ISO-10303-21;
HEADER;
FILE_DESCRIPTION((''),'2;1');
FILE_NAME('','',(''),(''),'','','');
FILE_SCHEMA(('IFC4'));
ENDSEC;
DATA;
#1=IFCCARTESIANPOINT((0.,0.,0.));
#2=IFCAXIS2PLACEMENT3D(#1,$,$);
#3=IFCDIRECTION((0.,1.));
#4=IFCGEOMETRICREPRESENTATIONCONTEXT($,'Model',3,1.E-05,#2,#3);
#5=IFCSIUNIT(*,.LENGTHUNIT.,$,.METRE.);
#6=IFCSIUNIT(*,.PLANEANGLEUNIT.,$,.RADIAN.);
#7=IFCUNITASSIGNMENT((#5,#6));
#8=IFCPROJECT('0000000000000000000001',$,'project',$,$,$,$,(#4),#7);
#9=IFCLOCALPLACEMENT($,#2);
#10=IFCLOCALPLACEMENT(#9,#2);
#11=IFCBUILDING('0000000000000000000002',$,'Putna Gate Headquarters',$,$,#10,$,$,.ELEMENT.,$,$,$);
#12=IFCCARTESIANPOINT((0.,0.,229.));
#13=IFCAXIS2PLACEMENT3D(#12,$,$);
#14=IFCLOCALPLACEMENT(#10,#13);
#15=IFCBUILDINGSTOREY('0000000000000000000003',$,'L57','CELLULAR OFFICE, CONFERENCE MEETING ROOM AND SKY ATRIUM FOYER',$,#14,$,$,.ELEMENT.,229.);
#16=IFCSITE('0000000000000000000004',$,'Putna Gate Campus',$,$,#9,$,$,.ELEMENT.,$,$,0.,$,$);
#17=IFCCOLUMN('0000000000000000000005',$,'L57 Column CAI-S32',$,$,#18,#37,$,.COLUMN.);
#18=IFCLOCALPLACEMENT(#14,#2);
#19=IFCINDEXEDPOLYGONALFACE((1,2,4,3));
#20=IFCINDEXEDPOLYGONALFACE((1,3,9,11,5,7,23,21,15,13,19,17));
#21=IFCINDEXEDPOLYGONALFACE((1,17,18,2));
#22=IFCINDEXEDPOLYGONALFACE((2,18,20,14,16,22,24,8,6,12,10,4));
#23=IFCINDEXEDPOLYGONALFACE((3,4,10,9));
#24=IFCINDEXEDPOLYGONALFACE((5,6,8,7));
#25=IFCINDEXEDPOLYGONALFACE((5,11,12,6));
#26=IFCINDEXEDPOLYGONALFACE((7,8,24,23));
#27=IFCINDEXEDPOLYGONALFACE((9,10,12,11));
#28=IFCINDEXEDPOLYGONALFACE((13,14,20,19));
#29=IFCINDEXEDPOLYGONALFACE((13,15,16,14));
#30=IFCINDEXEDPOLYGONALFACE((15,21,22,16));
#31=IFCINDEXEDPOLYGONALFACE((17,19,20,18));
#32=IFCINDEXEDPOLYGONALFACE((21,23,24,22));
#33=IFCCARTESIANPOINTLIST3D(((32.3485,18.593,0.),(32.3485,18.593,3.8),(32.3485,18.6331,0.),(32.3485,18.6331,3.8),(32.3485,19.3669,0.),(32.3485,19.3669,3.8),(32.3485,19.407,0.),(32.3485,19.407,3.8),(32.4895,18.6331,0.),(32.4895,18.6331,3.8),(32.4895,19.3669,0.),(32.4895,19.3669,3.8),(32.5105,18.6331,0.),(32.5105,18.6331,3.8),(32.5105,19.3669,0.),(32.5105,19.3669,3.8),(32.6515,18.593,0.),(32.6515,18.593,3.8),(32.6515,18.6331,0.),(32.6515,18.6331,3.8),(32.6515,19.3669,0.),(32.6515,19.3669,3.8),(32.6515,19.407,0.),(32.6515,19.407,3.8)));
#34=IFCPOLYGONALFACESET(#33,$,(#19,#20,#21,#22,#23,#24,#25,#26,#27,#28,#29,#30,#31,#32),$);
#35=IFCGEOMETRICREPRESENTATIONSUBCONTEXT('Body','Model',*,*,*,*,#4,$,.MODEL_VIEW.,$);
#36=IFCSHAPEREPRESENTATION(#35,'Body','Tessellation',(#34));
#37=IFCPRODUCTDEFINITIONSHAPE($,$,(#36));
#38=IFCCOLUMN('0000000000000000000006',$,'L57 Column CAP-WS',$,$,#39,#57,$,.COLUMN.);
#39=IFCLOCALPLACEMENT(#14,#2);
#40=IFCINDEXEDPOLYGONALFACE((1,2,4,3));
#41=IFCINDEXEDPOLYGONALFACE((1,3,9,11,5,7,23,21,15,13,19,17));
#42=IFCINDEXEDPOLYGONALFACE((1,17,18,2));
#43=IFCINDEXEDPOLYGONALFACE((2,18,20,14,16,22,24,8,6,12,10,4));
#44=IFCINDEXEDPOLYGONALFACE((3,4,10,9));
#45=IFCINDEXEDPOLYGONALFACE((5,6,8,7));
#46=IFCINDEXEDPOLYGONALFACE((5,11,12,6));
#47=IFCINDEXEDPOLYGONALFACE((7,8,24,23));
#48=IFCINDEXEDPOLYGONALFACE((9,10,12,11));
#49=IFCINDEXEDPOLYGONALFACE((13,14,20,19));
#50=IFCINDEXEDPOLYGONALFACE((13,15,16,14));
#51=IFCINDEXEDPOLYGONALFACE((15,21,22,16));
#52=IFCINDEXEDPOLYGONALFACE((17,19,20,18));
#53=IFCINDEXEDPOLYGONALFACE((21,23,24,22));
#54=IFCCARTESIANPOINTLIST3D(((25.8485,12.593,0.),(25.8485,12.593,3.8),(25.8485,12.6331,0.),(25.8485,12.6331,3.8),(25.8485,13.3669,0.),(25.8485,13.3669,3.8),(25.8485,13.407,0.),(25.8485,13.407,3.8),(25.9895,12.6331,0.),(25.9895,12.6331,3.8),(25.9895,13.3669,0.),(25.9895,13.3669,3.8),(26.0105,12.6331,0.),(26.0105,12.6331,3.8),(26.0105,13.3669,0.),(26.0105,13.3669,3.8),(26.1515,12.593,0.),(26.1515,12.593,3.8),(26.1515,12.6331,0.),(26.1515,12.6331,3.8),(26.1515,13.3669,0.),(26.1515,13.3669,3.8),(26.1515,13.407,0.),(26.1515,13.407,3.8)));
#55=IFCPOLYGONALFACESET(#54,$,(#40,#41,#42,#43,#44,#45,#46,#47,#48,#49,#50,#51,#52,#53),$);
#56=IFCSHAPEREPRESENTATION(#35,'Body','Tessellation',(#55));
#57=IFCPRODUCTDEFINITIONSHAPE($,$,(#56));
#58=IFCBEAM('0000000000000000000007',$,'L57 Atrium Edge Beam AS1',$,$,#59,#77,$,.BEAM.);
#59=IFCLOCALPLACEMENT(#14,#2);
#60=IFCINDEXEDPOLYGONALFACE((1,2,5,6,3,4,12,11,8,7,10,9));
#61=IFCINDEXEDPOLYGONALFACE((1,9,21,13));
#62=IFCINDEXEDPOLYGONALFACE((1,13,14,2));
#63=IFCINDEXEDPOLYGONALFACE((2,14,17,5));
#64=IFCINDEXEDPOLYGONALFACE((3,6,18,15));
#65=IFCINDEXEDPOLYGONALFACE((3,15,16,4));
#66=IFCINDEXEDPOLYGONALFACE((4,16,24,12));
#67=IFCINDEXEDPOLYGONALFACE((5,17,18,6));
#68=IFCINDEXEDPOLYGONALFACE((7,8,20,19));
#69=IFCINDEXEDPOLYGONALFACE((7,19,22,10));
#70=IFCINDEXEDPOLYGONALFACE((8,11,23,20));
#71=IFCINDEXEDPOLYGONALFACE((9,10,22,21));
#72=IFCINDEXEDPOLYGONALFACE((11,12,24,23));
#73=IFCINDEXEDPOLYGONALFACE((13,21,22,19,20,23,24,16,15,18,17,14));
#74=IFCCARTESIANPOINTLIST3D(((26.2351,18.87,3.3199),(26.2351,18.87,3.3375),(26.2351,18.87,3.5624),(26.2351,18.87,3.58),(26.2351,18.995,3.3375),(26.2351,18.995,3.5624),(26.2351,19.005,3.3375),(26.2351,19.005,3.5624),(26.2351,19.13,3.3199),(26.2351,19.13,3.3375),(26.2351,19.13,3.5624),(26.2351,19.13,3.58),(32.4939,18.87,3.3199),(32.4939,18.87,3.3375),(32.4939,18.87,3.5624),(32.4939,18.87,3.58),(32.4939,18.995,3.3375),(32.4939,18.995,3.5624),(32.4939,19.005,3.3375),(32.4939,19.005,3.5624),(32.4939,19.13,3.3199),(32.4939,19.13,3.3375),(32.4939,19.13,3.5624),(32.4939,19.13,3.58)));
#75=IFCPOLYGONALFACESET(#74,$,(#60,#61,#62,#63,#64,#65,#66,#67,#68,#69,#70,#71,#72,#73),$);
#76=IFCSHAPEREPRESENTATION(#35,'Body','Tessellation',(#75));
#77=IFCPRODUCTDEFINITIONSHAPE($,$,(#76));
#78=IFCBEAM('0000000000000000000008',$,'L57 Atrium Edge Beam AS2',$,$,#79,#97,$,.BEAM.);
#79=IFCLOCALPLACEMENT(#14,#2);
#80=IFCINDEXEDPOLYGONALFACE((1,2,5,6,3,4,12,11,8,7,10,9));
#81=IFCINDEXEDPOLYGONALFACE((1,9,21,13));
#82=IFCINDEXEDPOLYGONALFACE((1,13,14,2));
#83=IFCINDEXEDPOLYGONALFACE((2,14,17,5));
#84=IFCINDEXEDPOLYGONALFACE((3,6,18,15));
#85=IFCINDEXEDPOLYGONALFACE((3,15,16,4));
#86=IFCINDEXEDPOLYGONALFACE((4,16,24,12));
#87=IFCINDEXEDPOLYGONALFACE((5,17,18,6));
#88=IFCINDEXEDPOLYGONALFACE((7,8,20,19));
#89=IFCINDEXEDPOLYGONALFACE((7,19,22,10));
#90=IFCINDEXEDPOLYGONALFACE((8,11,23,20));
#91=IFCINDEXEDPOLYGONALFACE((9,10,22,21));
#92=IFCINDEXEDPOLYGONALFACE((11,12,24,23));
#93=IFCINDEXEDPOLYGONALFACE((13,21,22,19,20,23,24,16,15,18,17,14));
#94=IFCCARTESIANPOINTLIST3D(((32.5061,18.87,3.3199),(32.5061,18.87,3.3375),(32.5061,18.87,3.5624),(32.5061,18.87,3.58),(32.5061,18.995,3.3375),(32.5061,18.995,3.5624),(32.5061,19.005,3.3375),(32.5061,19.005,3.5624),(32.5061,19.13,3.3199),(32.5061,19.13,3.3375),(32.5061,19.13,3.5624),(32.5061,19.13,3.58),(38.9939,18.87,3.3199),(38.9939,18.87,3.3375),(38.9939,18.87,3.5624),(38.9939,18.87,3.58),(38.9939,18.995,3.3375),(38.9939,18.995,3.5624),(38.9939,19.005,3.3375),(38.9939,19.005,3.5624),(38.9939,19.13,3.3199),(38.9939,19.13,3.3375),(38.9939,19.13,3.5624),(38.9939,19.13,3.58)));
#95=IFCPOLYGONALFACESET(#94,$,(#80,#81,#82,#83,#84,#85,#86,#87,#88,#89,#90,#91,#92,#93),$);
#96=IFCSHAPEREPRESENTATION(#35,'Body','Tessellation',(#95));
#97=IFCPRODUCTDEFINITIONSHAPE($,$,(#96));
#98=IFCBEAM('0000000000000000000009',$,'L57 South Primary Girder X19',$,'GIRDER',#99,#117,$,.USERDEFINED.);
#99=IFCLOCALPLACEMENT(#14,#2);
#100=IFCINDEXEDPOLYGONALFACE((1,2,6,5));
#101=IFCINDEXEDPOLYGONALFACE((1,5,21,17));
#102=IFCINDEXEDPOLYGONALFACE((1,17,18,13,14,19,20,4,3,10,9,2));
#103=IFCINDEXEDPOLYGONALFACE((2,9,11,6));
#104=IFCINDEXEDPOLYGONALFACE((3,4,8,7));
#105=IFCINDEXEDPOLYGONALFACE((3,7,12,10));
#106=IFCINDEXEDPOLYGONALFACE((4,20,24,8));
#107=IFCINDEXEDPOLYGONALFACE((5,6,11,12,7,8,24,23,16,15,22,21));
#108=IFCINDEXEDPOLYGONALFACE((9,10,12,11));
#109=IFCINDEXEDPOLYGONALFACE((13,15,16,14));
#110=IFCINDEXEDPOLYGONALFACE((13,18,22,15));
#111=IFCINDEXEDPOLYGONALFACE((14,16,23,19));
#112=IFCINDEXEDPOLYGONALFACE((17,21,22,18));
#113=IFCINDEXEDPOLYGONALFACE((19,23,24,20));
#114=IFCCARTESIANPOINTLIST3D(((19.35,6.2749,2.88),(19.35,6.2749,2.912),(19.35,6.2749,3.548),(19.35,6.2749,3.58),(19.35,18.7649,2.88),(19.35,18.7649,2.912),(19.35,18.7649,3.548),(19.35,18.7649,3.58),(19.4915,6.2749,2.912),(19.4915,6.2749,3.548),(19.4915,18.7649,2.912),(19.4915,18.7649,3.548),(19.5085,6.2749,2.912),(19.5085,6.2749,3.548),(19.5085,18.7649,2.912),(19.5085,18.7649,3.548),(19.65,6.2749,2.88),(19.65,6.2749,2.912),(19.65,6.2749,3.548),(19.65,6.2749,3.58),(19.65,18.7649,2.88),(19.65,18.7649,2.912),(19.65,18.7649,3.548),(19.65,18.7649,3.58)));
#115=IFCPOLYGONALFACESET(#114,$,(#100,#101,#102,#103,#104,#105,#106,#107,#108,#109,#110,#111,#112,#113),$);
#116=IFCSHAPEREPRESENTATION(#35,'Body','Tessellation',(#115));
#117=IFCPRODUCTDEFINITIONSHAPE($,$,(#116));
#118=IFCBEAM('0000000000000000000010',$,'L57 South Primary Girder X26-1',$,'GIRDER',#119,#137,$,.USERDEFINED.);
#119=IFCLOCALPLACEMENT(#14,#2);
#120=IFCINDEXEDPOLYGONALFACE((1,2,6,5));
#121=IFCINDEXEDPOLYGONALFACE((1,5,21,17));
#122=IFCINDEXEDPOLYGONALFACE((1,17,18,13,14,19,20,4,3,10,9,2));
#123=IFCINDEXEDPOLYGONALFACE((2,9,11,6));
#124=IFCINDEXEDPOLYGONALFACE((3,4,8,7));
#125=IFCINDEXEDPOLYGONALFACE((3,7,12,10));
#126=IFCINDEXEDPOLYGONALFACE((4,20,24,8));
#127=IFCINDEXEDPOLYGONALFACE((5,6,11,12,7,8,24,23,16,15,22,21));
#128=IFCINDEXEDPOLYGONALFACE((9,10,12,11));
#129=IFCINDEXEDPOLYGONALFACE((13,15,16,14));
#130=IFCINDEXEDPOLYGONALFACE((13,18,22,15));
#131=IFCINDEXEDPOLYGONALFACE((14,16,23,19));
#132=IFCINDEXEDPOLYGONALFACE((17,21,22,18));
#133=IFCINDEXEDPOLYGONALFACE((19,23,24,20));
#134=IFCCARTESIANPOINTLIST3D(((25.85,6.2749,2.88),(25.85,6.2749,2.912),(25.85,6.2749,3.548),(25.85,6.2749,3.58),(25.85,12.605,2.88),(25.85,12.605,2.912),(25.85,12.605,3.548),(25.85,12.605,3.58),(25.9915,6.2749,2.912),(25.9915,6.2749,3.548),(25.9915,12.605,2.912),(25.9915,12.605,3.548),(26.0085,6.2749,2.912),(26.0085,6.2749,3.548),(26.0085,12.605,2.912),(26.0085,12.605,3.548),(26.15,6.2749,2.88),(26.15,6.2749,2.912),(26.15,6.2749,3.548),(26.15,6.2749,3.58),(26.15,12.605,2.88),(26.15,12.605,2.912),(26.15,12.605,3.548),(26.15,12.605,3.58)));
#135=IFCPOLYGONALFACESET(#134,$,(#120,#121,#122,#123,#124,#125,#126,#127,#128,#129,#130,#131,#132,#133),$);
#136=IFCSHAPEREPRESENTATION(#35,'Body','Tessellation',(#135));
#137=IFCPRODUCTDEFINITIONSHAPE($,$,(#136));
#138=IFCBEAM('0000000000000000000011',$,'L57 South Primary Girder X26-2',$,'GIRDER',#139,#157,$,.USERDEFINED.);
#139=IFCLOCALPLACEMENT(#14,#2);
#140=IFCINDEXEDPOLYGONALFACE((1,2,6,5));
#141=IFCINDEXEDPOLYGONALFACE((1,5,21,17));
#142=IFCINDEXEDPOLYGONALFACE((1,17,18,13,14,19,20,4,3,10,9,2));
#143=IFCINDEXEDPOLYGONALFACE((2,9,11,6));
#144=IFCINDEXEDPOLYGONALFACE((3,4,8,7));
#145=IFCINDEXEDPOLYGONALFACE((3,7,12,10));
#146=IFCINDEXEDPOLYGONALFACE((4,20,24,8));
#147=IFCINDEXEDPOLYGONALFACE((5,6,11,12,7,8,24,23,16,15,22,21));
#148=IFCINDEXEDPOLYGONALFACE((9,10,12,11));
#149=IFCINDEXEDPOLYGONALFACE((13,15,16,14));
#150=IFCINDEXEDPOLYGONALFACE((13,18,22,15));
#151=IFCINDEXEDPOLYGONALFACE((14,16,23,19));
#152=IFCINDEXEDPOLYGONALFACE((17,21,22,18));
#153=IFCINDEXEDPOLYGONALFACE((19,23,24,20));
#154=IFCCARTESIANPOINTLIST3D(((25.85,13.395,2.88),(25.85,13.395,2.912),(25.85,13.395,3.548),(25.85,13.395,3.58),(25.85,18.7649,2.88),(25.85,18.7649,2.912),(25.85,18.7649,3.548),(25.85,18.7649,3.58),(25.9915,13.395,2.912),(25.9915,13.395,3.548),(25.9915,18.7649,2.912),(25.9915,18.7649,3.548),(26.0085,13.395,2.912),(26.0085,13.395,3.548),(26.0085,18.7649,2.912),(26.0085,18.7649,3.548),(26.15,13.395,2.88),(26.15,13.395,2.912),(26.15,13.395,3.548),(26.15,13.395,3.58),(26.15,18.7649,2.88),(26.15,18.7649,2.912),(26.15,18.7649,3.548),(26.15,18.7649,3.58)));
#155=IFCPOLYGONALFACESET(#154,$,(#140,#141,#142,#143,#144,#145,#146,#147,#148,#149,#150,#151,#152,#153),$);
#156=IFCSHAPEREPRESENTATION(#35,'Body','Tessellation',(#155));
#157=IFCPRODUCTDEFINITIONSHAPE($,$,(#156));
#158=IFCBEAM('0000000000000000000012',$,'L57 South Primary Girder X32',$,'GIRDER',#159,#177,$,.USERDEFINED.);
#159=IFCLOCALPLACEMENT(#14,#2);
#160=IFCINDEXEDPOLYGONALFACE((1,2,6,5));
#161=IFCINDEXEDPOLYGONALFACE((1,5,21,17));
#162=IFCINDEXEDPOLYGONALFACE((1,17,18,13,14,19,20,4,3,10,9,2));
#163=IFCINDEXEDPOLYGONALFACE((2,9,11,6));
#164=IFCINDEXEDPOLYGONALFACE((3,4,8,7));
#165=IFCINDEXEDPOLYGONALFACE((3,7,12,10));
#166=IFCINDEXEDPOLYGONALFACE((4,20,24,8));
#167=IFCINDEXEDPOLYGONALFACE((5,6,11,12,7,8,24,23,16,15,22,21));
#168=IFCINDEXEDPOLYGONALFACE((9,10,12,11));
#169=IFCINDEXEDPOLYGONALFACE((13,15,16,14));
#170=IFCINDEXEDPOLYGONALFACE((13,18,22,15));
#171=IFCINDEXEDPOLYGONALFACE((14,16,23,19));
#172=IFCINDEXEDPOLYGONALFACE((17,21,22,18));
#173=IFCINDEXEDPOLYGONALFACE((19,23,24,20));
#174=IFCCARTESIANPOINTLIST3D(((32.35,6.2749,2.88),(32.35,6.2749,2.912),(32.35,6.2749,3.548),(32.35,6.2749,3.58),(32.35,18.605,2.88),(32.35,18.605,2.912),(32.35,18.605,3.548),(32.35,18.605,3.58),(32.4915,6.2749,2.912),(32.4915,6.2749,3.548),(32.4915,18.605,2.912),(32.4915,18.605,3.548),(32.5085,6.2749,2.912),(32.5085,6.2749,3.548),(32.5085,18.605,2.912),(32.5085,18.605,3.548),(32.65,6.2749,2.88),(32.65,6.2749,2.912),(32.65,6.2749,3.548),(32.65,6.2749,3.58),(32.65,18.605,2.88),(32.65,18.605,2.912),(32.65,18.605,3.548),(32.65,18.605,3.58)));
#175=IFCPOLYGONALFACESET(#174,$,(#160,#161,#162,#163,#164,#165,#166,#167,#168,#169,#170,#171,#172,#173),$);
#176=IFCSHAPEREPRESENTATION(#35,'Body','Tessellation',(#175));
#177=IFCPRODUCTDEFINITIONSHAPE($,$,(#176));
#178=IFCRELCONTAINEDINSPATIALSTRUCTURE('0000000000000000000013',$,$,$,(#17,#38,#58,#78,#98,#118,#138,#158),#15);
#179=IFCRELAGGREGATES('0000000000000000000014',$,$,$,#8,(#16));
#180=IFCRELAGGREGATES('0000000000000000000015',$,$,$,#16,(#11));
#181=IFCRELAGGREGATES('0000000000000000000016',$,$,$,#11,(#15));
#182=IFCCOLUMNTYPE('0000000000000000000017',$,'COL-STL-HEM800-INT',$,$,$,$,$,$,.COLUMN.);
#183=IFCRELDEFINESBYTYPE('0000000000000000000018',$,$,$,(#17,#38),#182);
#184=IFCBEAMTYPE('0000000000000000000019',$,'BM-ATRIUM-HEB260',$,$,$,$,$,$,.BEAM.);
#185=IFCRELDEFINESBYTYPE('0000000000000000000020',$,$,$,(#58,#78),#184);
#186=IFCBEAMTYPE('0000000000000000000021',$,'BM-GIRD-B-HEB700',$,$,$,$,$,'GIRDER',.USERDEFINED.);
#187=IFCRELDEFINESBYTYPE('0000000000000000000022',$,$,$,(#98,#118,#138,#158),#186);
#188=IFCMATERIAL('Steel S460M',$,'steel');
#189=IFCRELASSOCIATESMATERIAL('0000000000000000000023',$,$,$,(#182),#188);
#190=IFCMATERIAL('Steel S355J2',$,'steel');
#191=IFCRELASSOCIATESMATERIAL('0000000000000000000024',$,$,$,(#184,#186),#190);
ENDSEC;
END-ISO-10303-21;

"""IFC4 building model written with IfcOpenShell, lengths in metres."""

from ifc_helpers import new_model, si_unit, direction, frame, origin, origin_2d, place, context, subcontext, project, spatial, i_section, extrude, material, material_profile, profile_set, type_object, element, save


model = new_model("IFC4")

# Units and contexts
model_context = context("Model", 3, precision=1e-05, world=origin(), true_north=direction((0.0, 1.0)))
body_context = subcontext(model_context, "Body", "Model", "MODEL_VIEW")
ifc_project = project(units=[si_unit("LENGTHUNIT", "METRE"), si_unit("PLANEANGLEUNIT", "RADIAN")], contexts=[model_context])

# Site, building, storey
site_placement = place(None, origin())
site = spatial("IfcSite", under=ifc_project, at=site_placement, Name="Putna Gate Campus", CompositionType="ELEMENT", RefElevation=0.0)
building_placement = place(site_placement, origin())
building = spatial("IfcBuilding", under=site, at=building_placement, Name="Putna Gate Headquarters", CompositionType="ELEMENT")
storey_placement = place(building_placement, frame((0.0, 0.0, 229.0)))
storey = spatial("IfcBuildingStorey", under=building, at=storey_placement, Name="L57", Description="CELLULAR OFFICE, CONFERENCE MEETING ROOM AND SKY ATRIUM FOYER", CompositionType="ELEMENT", Elevation=229.0)

# Columns
ifc_material_1 = material(Name="Steel S460M", Category="steel")
ifc_material_profile_1 = material_profile(ifc_material_1, i_section(OverallWidth=0.303, OverallDepth=0.814, WebThickness=0.021, FlangeThickness=0.04, at=origin_2d()), Name="Steel S460M")
ifc_profile_set_1 = profile_set([ifc_material_profile_1], Name="Steel S460M")
column_type = type_object("IfcColumnType", Name="COL-STL-HEM800-INT", PredefinedType="COLUMN", material=ifc_profile_set_1)
for number, where, z_axis, x_axis, name in (
    (1, (32.5, 19.0, 0.0), (0.0, 0.0, 1.0), (1.0, 0.0, 0.0), "L57 Column CAI-S32"),
    (2, (26.0, 13.0, 0.0), (0.0, 0.0, 1.0), (1.0, 0.0, 0.0), "L57 Column CAP-WS"),
):
    element("IfcColumn", number, at=place(storey_placement, frame(where, z_axis=z_axis, x_axis=x_axis)), inside=storey, type_object=column_type, Name=name, PredefinedType="COLUMN", context=body_context, shape_type="SweptSolid", body=[
        extrude(i_section(OverallWidth=0.303, OverallDepth=0.814, WebThickness=0.021, FlangeThickness=0.04, at=origin_2d()), origin(), (0.0, 0.0, 1.0), 3.8),
    ])

# Beams
ifc_material_2 = material(Name="Steel S355J2", Category="steel")
ifc_material_profile_2 = material_profile(ifc_material_2, i_section(OverallWidth=0.26, OverallDepth=0.26, WebThickness=0.01, FlangeThickness=0.0176, at=origin_2d()), Name="Steel S355J2")
ifc_profile_set_2 = profile_set([ifc_material_profile_2], Name="Steel S355J2")
beam_type_1 = type_object("IfcBeamType", Name="BM-ATRIUM-HEB260", PredefinedType="BEAM", material=ifc_profile_set_2)
beam_1_placement = place(storey_placement, frame((26.2351, 19.0, 3.45), z_axis=(1.0, 0.0, 0.0), x_axis=(0.0, 1.0, 0.0)))
element("IfcBeam", 3, at=beam_1_placement, inside=storey, type_object=beam_type_1, Name="L57 Atrium Edge Beam AS1", PredefinedType="BEAM", context=body_context, shape_type="SweptSolid", body=[
    extrude(i_section(OverallWidth=0.26, OverallDepth=0.26, WebThickness=0.01, FlangeThickness=0.0176, at=origin_2d()), origin(), (0.0, 0.0, 1.0), 6.2588),
])
beam_2_placement = place(storey_placement, frame((32.5061, 19.0, 3.45), z_axis=(1.0, 0.0, 0.0), x_axis=(0.0, 1.0, 0.0)))
element("IfcBeam", 4, at=beam_2_placement, inside=storey, type_object=beam_type_1, Name="L57 Atrium Edge Beam AS2", PredefinedType="BEAM", context=body_context, shape_type="SweptSolid", body=[
    extrude(i_section(OverallWidth=0.26, OverallDepth=0.26, WebThickness=0.01, FlangeThickness=0.0176, at=origin_2d()), origin(), (0.0, 0.0, 1.0), 6.4878),
])
ifc_material_profile_3 = material_profile(ifc_material_2, i_section(OverallWidth=0.3, OverallDepth=0.7, WebThickness=0.0171, FlangeThickness=0.032, at=origin_2d()), Name="Steel S355J2")
ifc_profile_set_3 = profile_set([ifc_material_profile_3], Name="Steel S355J2")
beam_type_2 = type_object("IfcBeamType", Name="BM-GIRD-B-HEB700", ElementType="GIRDER", PredefinedType="USERDEFINED", material=ifc_profile_set_3)
beam_3_placement = place(storey_placement, frame((19.5, 6.2749, 3.23), z_axis=(0.0, 1.0, 0.0), x_axis=(-1.0, 0.0, 0.0)))
element("IfcBeam", 5, at=beam_3_placement, inside=storey, type_object=beam_type_2, Name="L57 South Primary Girder X19", ObjectType="GIRDER", PredefinedType="USERDEFINED", context=body_context, shape_type="SweptSolid", body=[
    extrude(i_section(OverallWidth=0.3, OverallDepth=0.7, WebThickness=0.0171, FlangeThickness=0.032, at=origin_2d()), origin(), (0.0, 0.0, 1.0), 12.49),
])
beam_4_placement = place(storey_placement, frame((26.0, 6.2749, 3.23), z_axis=(0.0, 1.0, 0.0), x_axis=(-1.0, 0.0, 0.0)))
element("IfcBeam", 6, at=beam_4_placement, inside=storey, type_object=beam_type_2, Name="L57 South Primary Girder X26-1", ObjectType="GIRDER", PredefinedType="USERDEFINED", context=body_context, shape_type="SweptSolid", body=[
    extrude(i_section(OverallWidth=0.3, OverallDepth=0.7, WebThickness=0.0171, FlangeThickness=0.032, at=origin_2d()), origin(), (0.0, 0.0, 1.0), 6.3301),
])
beam_5_placement = place(storey_placement, frame((26.0, 13.395, 3.23), z_axis=(0.0, 1.0, 0.0), x_axis=(-1.0, 0.0, 0.0)))
element("IfcBeam", 7, at=beam_5_placement, inside=storey, type_object=beam_type_2, Name="L57 South Primary Girder X26-2", ObjectType="GIRDER", PredefinedType="USERDEFINED", context=body_context, shape_type="SweptSolid", body=[
    extrude(i_section(OverallWidth=0.3, OverallDepth=0.7, WebThickness=0.0171, FlangeThickness=0.032, at=origin_2d()), origin(), (0.0, 0.0, 1.0), 5.3699),
])
beam_6_placement = place(storey_placement, frame((32.5, 6.2749, 3.23), z_axis=(0.0, 1.0, 0.0), x_axis=(-1.0, 0.0, 0.0)))
element("IfcBeam", 8, at=beam_6_placement, inside=storey, type_object=beam_type_2, Name="L57 South Primary Girder X32", ObjectType="GIRDER", PredefinedType="USERDEFINED", context=body_context, shape_type="SweptSolid", body=[
    extrude(i_section(OverallWidth=0.3, OverallDepth=0.7, WebThickness=0.0171, FlangeThickness=0.032, at=origin_2d()), origin(), (0.0, 0.0, 1.0), 12.3301),
])

save(model, "model.ifc")
